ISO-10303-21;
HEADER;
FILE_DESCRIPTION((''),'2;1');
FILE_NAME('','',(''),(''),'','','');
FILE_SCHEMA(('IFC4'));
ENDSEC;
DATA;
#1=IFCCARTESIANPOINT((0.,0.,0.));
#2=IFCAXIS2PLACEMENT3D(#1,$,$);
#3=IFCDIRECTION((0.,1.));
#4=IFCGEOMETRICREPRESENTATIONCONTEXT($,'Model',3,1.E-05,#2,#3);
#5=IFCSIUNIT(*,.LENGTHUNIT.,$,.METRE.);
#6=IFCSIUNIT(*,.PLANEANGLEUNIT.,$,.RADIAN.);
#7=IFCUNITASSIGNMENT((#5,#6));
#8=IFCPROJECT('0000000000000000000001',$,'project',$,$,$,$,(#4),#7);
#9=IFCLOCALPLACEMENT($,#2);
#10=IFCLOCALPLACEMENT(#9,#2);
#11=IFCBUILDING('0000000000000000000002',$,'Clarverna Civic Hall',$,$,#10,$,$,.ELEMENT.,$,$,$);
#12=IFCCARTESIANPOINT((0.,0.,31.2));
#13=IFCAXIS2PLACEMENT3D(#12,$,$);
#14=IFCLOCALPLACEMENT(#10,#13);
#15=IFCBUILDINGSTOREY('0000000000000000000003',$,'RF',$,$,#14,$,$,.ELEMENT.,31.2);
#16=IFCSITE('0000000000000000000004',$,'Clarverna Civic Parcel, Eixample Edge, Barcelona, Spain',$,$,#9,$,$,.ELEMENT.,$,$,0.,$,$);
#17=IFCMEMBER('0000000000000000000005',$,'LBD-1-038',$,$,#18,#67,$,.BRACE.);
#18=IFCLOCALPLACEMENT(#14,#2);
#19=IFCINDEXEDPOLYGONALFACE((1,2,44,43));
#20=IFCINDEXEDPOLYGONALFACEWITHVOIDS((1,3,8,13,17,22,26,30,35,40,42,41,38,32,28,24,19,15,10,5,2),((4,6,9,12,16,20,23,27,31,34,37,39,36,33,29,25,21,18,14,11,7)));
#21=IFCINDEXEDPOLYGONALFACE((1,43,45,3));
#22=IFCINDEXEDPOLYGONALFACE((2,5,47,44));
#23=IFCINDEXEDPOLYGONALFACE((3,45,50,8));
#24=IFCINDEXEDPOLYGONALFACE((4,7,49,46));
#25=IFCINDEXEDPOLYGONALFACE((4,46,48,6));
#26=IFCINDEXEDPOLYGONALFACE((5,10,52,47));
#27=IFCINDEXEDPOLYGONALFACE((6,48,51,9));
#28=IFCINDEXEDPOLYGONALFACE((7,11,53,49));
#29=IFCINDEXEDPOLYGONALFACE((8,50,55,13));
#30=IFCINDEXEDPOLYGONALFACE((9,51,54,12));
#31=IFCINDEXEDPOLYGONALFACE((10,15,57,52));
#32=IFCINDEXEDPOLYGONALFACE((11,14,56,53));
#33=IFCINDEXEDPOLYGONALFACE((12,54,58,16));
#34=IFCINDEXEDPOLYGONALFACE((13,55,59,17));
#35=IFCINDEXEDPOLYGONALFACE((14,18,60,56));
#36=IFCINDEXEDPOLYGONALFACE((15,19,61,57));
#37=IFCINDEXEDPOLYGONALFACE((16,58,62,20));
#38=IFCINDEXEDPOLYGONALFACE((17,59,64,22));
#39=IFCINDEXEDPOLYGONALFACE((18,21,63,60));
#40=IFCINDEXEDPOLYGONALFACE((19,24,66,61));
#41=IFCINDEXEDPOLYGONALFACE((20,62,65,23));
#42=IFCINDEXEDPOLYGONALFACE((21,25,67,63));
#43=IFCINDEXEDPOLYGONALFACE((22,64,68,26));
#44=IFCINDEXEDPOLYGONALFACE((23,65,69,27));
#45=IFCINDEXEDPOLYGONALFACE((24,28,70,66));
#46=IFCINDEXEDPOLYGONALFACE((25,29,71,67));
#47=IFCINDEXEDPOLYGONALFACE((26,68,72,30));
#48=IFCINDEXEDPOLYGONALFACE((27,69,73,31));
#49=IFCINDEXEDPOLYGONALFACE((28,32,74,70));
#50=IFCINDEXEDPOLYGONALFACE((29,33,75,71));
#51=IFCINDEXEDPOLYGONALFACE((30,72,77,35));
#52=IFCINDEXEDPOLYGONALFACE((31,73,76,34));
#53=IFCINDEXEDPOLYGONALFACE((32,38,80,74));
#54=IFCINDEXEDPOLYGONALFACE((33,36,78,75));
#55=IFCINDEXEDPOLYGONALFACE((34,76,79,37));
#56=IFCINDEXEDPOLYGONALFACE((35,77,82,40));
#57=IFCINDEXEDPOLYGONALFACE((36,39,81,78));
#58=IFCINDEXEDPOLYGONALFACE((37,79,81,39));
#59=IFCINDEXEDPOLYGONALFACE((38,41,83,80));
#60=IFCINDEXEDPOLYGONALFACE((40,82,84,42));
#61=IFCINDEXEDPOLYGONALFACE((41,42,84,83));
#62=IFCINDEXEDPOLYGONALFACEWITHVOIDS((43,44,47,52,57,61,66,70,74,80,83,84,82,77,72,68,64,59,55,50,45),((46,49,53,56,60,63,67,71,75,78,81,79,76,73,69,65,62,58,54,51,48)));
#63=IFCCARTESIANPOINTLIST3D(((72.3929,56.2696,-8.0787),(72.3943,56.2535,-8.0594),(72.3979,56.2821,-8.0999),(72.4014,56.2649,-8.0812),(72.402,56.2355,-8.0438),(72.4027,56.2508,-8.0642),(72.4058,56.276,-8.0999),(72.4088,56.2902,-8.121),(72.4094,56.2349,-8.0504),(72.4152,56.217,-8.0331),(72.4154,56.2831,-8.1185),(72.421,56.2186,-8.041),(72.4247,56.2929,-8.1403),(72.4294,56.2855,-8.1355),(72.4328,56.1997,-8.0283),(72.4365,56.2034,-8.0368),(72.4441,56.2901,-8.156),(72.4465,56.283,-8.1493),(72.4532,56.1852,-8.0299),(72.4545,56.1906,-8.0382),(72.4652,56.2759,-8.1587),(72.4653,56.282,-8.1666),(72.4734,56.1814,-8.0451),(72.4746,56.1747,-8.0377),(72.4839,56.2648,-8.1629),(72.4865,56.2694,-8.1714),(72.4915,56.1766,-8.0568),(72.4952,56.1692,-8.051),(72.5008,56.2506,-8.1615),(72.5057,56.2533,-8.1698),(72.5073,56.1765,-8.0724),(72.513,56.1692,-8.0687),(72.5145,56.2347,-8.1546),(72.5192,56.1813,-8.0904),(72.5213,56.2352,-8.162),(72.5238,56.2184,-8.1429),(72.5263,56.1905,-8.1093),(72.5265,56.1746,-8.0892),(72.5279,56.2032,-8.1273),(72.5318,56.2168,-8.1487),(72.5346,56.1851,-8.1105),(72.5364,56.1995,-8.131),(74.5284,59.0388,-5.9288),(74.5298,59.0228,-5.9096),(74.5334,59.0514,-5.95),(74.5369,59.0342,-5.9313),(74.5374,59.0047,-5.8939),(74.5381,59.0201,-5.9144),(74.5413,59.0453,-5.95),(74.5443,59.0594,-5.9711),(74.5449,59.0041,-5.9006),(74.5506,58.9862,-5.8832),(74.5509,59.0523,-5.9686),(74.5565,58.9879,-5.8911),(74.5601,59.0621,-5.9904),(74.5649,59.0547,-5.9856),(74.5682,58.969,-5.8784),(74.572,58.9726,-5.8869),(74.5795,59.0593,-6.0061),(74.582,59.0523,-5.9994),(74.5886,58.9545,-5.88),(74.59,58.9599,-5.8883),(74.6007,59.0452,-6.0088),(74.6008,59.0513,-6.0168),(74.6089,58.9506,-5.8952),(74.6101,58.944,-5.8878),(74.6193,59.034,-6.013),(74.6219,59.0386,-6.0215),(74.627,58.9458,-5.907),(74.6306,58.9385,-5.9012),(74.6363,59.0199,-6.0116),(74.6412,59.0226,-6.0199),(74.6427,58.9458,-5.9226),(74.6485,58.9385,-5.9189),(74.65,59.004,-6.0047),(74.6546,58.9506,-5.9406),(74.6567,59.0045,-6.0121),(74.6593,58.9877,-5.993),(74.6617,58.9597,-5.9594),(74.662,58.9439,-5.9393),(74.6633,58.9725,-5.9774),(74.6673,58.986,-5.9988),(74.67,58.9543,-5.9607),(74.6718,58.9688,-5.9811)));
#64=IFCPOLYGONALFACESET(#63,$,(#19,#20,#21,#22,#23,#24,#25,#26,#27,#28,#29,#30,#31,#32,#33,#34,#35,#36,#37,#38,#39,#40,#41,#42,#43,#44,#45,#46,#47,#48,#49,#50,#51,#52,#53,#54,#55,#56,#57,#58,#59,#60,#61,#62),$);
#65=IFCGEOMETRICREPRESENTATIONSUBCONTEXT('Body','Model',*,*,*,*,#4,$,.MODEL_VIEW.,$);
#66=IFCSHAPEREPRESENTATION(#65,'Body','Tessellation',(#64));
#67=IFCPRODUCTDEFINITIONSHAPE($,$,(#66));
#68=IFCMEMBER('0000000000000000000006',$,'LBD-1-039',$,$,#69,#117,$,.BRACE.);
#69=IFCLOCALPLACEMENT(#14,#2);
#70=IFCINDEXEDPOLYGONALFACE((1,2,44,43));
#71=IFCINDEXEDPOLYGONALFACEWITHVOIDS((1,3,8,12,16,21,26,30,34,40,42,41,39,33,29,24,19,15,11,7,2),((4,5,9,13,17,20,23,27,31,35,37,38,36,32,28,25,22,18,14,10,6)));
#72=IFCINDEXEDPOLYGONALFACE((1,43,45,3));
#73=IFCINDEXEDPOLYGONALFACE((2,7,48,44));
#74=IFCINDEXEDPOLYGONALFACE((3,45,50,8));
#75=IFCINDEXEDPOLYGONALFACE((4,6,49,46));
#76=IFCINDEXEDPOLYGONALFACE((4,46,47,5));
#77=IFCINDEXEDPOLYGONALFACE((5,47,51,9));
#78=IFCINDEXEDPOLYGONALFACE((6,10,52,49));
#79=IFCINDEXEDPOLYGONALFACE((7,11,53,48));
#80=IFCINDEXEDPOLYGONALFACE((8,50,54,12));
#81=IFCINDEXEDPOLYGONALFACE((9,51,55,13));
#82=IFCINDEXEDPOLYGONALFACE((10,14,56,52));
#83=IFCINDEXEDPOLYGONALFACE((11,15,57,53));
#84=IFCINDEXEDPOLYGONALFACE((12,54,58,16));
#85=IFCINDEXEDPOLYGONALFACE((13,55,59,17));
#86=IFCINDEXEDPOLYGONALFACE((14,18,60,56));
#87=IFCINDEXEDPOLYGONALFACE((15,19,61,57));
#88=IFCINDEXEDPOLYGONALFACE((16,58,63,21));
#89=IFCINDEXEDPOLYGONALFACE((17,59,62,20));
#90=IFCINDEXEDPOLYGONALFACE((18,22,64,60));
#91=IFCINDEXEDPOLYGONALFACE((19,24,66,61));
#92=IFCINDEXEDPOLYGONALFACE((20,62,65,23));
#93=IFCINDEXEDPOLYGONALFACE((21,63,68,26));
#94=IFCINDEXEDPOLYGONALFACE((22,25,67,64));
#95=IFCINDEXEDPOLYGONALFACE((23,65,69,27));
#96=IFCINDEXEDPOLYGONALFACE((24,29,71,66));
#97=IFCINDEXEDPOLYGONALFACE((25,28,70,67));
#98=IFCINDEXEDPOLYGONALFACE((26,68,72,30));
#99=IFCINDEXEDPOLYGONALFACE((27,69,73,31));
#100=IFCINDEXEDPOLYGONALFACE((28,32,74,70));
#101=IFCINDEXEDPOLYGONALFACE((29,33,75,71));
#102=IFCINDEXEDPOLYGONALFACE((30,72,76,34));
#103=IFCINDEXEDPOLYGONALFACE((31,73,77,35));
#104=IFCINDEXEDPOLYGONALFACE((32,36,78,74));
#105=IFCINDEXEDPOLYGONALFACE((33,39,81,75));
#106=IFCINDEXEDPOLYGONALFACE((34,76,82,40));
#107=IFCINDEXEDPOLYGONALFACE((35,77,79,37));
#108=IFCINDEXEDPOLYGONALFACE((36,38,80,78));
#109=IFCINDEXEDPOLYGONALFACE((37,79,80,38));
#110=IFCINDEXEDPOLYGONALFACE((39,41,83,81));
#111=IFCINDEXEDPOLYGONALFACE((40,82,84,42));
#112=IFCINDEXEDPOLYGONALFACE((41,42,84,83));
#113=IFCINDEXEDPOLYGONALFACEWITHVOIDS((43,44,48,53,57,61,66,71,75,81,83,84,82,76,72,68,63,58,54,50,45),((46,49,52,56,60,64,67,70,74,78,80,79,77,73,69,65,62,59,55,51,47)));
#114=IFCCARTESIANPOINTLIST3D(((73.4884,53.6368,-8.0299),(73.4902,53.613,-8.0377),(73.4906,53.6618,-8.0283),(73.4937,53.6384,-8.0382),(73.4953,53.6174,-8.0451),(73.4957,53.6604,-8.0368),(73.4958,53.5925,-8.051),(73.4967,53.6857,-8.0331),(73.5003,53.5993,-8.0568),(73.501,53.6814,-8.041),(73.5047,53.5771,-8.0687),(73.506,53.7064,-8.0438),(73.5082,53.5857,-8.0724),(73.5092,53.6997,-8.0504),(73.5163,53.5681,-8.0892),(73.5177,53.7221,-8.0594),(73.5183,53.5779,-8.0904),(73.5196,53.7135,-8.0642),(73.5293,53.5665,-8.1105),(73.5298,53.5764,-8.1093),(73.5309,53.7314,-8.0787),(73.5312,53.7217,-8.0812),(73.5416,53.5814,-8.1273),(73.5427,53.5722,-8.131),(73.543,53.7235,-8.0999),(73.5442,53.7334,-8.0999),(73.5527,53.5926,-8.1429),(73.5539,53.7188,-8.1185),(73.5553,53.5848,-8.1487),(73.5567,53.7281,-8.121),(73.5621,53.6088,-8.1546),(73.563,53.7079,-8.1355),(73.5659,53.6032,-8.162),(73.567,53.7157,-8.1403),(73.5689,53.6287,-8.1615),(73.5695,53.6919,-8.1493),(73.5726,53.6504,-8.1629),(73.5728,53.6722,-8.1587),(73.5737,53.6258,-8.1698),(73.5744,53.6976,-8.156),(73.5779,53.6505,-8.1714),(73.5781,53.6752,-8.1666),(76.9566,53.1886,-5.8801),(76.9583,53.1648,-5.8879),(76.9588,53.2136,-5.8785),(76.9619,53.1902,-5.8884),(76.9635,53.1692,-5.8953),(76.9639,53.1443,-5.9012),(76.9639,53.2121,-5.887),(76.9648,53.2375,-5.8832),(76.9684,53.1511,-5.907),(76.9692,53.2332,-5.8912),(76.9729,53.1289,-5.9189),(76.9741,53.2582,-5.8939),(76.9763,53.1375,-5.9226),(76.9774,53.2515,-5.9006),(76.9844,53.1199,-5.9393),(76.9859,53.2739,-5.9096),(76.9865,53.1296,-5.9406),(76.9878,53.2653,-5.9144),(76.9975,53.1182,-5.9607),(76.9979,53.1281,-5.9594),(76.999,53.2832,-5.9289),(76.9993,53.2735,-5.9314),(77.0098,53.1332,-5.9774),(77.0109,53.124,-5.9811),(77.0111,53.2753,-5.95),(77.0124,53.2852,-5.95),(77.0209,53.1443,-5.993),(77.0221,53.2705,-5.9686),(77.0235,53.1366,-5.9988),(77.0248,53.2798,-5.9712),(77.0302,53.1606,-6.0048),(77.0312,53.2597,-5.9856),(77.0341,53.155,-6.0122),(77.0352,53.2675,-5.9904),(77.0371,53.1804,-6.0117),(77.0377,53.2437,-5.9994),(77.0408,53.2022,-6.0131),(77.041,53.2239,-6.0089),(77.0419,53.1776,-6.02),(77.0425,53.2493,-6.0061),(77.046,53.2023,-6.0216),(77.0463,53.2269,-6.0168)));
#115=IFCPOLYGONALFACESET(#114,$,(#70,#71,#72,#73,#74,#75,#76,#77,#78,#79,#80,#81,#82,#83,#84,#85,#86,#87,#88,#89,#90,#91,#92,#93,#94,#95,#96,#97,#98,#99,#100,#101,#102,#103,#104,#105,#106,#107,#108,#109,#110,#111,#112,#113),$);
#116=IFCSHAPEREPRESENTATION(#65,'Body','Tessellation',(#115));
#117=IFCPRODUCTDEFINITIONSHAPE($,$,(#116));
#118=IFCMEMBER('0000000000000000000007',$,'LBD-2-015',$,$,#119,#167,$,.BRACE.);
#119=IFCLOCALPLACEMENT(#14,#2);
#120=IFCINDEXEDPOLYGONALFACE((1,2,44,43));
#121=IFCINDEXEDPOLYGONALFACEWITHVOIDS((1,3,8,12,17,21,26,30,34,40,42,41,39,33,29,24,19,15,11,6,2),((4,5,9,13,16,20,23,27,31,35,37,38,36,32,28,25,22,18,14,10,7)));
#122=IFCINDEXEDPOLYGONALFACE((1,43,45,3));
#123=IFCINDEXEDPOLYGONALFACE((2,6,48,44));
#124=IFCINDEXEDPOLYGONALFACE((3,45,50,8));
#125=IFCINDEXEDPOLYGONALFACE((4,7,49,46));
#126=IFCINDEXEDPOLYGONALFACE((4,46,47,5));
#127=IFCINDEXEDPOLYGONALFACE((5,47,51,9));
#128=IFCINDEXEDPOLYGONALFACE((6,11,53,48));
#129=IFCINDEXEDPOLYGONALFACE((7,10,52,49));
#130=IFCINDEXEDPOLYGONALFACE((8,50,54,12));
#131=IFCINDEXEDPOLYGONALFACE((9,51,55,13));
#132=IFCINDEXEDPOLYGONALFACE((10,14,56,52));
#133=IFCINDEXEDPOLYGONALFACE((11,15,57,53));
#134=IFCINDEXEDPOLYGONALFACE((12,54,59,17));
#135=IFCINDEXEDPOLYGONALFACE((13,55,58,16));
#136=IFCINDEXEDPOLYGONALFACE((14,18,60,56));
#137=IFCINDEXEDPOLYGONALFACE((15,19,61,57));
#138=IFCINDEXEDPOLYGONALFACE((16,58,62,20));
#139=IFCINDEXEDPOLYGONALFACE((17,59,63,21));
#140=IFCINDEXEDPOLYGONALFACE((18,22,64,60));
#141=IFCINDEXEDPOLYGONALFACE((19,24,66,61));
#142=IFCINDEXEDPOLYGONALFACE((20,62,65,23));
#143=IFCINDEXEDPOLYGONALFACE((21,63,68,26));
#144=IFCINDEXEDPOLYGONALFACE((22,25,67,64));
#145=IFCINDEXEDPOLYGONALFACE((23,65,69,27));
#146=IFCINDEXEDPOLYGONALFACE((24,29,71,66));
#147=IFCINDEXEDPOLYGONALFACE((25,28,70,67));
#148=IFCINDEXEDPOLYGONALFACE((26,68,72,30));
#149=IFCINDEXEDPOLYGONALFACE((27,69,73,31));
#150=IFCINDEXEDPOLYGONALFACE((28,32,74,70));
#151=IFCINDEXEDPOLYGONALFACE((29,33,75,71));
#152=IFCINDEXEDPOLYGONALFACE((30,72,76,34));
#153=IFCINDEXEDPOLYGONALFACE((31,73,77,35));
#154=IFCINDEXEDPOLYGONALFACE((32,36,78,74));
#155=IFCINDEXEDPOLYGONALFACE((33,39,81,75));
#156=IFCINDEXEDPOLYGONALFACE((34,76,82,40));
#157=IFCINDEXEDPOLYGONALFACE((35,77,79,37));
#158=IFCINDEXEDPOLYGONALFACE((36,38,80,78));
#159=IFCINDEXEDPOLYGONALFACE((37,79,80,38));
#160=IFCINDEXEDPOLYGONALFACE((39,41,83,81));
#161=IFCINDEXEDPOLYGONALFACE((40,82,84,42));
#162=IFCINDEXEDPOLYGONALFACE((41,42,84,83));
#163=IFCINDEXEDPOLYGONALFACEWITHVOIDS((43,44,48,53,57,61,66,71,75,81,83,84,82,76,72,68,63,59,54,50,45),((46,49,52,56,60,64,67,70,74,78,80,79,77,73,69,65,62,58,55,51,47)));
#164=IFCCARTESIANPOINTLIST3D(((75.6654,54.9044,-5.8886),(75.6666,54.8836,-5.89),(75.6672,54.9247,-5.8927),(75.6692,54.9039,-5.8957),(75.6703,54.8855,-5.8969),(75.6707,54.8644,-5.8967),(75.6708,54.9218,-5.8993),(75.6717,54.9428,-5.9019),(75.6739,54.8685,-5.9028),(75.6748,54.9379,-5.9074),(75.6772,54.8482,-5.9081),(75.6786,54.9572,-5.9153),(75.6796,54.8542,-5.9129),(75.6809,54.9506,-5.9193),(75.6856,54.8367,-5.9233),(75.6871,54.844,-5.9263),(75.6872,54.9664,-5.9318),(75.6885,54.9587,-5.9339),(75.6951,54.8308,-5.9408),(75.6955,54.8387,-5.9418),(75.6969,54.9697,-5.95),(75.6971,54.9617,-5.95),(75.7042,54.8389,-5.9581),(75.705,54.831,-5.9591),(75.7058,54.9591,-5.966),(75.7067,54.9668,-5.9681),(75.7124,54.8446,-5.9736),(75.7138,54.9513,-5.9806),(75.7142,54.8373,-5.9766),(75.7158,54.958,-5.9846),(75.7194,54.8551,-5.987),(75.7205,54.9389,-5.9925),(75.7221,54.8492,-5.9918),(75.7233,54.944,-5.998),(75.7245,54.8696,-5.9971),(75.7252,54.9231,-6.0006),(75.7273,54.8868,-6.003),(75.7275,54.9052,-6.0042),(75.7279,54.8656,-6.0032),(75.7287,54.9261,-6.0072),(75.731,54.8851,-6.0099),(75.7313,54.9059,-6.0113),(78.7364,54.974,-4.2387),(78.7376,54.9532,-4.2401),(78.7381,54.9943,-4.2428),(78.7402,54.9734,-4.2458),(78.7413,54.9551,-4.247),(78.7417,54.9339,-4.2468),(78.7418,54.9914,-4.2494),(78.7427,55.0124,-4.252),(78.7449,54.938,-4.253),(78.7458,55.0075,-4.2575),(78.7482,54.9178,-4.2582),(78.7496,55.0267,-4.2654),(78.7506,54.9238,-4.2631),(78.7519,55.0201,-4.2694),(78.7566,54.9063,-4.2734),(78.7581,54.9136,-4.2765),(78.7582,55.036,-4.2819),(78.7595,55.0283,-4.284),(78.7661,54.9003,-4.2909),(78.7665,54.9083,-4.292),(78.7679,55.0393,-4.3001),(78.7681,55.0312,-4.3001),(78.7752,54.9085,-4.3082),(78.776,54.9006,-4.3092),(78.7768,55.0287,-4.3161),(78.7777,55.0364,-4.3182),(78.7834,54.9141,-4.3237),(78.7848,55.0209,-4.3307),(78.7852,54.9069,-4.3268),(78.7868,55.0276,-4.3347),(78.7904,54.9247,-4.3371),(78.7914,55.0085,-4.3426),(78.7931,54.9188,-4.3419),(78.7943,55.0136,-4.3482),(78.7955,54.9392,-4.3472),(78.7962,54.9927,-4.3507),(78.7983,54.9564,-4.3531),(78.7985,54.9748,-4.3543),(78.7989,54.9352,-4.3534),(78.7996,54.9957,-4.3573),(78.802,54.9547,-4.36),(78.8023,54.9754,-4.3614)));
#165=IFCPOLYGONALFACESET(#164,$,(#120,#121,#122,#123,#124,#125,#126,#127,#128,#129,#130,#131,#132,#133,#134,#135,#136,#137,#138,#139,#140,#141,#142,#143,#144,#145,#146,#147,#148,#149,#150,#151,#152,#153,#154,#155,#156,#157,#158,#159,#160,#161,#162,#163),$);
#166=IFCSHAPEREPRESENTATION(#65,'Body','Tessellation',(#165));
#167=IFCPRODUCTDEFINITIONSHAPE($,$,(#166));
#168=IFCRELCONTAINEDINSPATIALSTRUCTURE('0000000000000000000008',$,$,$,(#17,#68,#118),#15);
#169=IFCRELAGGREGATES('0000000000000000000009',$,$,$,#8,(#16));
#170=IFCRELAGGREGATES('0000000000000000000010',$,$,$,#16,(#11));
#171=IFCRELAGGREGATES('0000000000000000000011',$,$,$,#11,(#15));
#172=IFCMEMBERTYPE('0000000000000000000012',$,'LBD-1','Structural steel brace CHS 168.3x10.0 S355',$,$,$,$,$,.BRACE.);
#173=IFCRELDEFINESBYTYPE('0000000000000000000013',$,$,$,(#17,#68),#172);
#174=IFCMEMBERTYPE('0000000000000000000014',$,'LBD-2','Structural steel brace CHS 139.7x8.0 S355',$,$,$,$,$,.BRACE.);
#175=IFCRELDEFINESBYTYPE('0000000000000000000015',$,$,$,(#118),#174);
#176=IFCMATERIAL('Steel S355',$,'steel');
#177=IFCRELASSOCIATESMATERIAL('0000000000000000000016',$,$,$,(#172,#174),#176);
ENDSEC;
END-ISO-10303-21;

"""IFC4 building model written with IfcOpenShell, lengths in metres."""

from ifc_helpers import new_model, si_unit, direction, frame, origin, origin_2d, place, context, subcontext, project, spatial, hollow_circle, extrude, material, material_profile, profile_set, type_object, element, save


model = new_model("IFC4")

# Units and contexts
model_context = context("Model", 3, precision=1e-05, world=origin(), true_north=direction((0.0, 1.0)))
body_context = subcontext(model_context, "Body", "Model", "MODEL_VIEW")
ifc_project = project(units=[si_unit("LENGTHUNIT", "METRE"), si_unit("PLANEANGLEUNIT", "RADIAN")], contexts=[model_context])

# Site, building, storey
site_placement = place(None, origin())
site = spatial("IfcSite", under=ifc_project, at=site_placement, Name="Clarverna Civic Parcel, Eixample Edge, Barcelona, Spain", CompositionType="ELEMENT", RefElevation=0.0)
building_placement = place(site_placement, origin())
building = spatial("IfcBuilding", under=site, at=building_placement, Name="Clarverna Civic Hall", CompositionType="ELEMENT")
storey_placement = place(building_placement, frame((0.0, 0.0, 31.2)))
storey = spatial("IfcBuildingStorey", under=building, at=storey_placement, Name="RF", CompositionType="ELEMENT", Elevation=31.2)

# Members
ifc_material_1 = material(Name="Steel S355", Category="steel")
ifc_material_profile_1 = material_profile(ifc_material_1, hollow_circle(Radius=0.0842, WallThickness=0.01, at=origin_2d()), Name="CHS 168.3x10.0")
ifc_profile_set_1 = profile_set([ifc_material_profile_1], Name="Steel S355")
member_type_1 = type_object("IfcMemberType", Name="LBD-1", Description="Structural steel brace CHS 168.3x10.0 S355", PredefinedType="BRACE", material=ifc_profile_set_1)
for number, where, z_axis, x_axis, name in (
    (1, (72.4646, 56.2307, -8.0999), (0.520213, 0.674606, 0.523722), (-0.791894, 0.610658, 0.0), "LBD-1-038"),
    (2, (73.5334, 53.6499, -8.0999), (0.844867, -0.109192, 0.523715), (0.128175, 0.991752, 0.0), "LBD-1-039"),
):
    element("IfcMember", number, at=place(storey_placement, frame(where, z_axis=z_axis, x_axis=x_axis)), inside=storey, type_object=member_type_1, Name=name, PredefinedType="BRACE", context=body_context, shape_type="SweptSolid", body=[
        extrude(hollow_circle(Radius=0.0842, WallThickness=0.01, at=origin_2d()), origin(), (0.0, 0.0, 1.0), 4.105),
    ])
ifc_material_profile_2 = material_profile(ifc_material_1, hollow_circle(Radius=0.0698, WallThickness=0.0081, at=origin_2d()), Name="CHS 139.7x8.0")
ifc_profile_set_2 = profile_set([ifc_material_profile_2], Name="Steel S355")
member_type_2 = type_object("IfcMemberType", Name="LBD-2", Description="Structural steel brace CHS 139.7x8.0 S355", PredefinedType="BRACE", material=ifc_profile_set_2)
for number, where, z_axis, x_axis, name in (
    (3, (75.6985, 54.8999, -5.95), (0.880743, 0.019955, 0.473174), (-0.022651, 0.999743, 0.0), "LBD-2-015"),
):
    element("IfcMember", number, at=place(storey_placement, frame(where, z_axis=z_axis, x_axis=x_axis)), inside=storey, type_object=member_type_2, Name=name, PredefinedType="BRACE", context=body_context, shape_type="SweptSolid", body=[
        extrude(hollow_circle(Radius=0.0698, WallThickness=0.0081, at=origin_2d()), origin(), (0.0, 0.0, 1.0), 3.4868),
    ])

save(model, "model.ifc")
